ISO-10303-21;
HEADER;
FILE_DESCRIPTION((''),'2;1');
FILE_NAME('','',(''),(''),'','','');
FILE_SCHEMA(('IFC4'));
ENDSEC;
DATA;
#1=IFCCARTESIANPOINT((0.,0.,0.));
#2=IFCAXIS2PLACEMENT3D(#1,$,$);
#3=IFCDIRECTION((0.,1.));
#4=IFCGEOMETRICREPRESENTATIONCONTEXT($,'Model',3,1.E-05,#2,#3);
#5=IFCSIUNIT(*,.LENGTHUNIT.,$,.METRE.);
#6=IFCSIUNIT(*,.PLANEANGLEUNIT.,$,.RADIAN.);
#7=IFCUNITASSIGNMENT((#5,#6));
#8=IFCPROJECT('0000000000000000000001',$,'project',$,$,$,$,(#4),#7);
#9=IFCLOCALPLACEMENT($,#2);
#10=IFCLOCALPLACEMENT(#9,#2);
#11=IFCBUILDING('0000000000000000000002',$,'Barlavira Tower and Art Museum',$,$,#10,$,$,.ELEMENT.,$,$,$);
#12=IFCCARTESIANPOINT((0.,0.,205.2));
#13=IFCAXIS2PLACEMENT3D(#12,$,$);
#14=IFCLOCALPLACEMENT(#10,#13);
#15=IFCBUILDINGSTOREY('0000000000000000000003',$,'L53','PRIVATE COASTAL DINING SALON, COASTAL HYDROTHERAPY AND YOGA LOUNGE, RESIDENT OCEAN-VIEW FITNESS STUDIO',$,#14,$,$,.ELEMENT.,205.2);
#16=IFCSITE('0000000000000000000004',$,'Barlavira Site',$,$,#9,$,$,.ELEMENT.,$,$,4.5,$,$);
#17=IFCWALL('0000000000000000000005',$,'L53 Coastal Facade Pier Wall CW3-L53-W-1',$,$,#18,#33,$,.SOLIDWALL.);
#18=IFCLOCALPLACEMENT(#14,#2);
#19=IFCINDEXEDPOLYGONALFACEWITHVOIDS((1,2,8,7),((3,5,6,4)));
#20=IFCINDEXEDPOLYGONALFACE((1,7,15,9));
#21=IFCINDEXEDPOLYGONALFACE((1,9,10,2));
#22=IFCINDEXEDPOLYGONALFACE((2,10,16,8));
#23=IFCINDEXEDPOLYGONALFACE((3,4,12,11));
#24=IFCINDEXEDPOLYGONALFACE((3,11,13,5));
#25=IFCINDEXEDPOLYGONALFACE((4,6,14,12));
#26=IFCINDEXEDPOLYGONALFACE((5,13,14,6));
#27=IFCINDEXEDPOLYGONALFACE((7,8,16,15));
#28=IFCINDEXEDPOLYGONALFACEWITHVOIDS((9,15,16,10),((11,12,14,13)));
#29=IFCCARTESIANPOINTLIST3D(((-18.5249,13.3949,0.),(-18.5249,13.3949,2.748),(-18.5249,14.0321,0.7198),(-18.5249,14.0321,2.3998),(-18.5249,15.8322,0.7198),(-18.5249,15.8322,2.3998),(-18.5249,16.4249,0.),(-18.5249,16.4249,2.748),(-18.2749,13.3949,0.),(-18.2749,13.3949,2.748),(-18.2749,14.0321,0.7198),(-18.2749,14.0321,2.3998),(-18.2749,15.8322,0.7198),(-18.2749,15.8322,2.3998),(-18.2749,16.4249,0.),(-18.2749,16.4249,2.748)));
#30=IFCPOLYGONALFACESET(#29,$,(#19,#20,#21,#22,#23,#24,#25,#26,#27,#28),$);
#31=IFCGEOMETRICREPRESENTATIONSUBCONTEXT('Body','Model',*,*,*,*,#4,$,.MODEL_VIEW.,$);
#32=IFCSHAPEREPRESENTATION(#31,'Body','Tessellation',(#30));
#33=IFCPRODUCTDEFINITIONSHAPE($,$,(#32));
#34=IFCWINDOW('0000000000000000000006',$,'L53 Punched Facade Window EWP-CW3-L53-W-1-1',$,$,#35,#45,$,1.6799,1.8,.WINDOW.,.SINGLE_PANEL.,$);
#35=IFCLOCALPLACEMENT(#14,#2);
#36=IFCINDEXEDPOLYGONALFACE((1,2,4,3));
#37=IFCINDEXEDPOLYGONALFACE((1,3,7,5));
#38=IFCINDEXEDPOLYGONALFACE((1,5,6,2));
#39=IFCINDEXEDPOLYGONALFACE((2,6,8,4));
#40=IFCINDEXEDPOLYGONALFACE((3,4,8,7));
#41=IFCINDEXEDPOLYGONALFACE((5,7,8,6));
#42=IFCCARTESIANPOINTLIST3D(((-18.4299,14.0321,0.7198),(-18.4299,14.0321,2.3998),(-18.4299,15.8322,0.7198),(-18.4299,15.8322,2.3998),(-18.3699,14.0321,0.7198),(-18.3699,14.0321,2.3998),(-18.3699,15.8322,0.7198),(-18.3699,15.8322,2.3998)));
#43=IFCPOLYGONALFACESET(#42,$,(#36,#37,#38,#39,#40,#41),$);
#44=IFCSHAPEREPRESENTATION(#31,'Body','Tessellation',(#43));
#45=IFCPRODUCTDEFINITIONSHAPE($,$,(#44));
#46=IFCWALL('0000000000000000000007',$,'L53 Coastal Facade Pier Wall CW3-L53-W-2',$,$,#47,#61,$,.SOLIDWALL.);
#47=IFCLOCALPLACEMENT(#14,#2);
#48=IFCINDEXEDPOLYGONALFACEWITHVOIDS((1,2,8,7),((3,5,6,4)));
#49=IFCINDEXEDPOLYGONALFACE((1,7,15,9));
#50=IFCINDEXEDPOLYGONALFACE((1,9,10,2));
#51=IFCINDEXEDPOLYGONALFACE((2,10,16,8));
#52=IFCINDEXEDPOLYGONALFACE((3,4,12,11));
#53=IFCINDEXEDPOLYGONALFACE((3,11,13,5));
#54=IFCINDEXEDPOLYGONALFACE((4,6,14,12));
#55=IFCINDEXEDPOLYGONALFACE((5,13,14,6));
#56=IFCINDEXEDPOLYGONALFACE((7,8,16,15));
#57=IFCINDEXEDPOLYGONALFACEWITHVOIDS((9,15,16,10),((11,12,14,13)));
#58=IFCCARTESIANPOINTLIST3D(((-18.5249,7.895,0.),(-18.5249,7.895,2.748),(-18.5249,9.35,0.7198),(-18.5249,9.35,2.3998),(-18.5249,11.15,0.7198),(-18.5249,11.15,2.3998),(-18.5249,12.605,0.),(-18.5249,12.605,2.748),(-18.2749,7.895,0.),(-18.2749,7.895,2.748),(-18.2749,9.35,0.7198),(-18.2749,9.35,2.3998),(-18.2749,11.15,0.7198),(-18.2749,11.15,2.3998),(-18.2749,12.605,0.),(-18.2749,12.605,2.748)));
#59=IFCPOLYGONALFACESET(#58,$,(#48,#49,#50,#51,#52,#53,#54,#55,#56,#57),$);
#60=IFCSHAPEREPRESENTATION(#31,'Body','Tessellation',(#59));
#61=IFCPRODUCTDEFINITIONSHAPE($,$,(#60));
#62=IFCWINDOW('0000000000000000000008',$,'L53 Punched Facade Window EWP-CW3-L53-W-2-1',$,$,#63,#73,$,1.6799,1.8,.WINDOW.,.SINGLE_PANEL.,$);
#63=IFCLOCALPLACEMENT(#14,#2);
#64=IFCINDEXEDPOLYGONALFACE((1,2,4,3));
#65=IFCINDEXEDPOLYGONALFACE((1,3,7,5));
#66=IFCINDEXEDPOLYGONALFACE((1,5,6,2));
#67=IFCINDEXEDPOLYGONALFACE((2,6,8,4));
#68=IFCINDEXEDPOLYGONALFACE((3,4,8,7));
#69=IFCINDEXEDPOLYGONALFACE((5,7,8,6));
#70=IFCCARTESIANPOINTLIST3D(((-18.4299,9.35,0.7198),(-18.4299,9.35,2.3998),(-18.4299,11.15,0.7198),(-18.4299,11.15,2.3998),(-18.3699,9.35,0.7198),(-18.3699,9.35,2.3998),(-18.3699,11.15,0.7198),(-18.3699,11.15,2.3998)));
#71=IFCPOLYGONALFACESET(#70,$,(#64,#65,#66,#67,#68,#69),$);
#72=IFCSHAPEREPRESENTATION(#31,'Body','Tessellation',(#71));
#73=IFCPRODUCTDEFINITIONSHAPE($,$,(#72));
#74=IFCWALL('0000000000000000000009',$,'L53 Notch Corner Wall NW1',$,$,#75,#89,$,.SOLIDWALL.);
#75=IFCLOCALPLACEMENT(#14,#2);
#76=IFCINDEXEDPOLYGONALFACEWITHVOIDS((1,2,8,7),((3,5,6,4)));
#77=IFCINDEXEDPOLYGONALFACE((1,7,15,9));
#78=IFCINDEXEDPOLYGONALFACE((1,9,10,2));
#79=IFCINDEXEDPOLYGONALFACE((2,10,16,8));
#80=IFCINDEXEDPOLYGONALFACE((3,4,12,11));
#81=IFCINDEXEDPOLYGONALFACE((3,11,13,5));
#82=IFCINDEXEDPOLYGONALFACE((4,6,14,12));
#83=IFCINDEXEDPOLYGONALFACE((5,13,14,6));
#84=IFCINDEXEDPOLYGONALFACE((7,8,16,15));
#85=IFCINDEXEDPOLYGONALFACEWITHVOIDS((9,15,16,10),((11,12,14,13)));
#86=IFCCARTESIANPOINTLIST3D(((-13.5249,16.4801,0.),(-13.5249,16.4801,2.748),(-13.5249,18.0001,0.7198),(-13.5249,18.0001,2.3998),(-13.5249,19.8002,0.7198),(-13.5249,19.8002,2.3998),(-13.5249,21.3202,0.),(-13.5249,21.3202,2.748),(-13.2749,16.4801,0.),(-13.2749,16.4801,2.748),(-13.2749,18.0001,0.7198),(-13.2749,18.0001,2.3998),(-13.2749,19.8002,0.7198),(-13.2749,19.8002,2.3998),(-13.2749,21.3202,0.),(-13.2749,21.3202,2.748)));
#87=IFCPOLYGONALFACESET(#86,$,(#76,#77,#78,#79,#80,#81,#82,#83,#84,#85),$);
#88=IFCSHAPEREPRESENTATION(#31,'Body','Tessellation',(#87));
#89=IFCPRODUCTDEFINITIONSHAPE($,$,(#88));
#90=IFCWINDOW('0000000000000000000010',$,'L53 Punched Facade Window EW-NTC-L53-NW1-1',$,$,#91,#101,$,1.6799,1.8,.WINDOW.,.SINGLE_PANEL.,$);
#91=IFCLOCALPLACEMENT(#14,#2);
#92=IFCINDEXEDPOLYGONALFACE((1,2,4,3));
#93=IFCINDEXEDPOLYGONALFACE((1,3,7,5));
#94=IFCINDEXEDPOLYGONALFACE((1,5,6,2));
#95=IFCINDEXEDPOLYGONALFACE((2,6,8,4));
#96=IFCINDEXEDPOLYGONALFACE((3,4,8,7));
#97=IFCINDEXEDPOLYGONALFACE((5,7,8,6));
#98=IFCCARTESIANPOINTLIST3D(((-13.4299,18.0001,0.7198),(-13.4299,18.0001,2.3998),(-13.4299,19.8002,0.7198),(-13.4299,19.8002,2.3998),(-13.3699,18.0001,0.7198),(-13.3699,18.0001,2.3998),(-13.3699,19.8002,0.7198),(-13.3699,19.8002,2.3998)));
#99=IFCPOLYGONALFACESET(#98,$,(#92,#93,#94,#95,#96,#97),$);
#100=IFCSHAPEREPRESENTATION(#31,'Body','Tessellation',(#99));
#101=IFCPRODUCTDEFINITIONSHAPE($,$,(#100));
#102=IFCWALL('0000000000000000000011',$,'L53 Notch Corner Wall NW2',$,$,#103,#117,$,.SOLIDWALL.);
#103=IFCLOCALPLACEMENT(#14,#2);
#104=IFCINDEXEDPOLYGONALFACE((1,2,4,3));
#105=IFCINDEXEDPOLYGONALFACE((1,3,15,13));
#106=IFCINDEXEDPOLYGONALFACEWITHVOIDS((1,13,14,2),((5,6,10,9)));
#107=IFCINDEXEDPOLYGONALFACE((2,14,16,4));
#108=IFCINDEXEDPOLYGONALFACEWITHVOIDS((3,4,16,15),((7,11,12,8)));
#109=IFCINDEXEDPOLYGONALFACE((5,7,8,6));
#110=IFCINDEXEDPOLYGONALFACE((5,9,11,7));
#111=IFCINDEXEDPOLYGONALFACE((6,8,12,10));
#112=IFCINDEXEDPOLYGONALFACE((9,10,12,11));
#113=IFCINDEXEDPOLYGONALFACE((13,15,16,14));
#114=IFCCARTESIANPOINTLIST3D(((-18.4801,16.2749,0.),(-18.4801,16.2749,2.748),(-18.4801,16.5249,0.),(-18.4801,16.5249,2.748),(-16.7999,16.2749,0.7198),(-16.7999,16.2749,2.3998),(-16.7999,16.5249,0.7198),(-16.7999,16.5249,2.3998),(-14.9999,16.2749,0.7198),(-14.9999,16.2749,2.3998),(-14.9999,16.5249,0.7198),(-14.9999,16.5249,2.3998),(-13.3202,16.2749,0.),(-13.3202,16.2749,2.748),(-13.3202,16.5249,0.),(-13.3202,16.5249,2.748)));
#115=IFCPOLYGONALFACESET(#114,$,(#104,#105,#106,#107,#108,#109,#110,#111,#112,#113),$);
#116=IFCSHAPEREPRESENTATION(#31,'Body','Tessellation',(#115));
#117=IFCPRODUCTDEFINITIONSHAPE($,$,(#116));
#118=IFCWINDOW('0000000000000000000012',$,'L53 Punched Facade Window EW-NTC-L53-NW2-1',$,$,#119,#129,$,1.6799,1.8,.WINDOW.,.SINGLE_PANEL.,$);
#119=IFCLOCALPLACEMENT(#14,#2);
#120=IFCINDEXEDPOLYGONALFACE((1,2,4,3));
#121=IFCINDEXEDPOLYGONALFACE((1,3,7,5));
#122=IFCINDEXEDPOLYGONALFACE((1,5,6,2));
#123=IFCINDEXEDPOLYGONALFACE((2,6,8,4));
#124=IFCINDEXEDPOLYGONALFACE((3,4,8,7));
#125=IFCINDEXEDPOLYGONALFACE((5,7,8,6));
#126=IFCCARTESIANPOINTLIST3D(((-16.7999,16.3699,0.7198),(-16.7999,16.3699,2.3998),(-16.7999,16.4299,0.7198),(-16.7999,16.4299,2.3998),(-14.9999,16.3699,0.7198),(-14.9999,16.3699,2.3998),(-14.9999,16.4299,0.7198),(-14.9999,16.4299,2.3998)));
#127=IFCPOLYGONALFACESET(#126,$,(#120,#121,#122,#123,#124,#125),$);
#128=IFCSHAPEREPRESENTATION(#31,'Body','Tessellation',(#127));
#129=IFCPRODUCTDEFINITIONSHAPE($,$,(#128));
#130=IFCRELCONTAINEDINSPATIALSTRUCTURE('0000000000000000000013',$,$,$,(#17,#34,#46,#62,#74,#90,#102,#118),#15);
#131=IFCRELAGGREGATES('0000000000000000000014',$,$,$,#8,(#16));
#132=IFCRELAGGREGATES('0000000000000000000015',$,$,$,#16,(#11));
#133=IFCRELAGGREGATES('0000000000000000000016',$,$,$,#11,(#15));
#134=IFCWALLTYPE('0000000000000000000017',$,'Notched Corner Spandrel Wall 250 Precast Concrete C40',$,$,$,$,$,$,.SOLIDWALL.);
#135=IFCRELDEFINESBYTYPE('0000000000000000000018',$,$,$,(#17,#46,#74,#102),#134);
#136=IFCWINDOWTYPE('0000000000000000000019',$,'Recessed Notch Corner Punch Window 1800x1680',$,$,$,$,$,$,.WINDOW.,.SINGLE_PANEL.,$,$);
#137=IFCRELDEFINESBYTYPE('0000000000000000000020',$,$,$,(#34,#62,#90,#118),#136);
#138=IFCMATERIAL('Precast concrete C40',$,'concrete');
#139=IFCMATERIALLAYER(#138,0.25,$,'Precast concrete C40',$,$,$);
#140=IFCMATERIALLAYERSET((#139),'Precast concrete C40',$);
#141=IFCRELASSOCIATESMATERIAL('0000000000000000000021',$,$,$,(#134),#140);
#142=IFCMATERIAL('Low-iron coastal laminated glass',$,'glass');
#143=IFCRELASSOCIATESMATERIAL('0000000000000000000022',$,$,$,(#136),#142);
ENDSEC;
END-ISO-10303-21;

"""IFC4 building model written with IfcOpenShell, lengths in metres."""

from ifc_helpers import new_model, si_unit, direction, frame, frame_2d, origin, place, context, subcontext, project, spatial, rectangle, extrude, material, layer, layer_set, type_object, element, fill, save


model = new_model("IFC4")

# Units and contexts
model_context = context("Model", 3, precision=1e-05, world=origin(), true_north=direction((0.0, 1.0)))
body_context = subcontext(model_context, "Body", "Model", "MODEL_VIEW")
ifc_project = project(units=[si_unit("LENGTHUNIT", "METRE"), si_unit("PLANEANGLEUNIT", "RADIAN")], contexts=[model_context])

# Site, building, storey
site_placement = place(None, origin())
site = spatial("IfcSite", under=ifc_project, at=site_placement, Name="Barlavira Site", CompositionType="ELEMENT", RefElevation=4.5)
building_placement = place(site_placement, origin())
building = spatial("IfcBuilding", under=site, at=building_placement, Name="Barlavira Tower and Art Museum", CompositionType="ELEMENT")
storey_placement = place(building_placement, frame((0.0, 0.0, 205.2)))
storey = spatial("IfcBuildingStorey", under=building, at=storey_placement, Name="L53", Description="PRIVATE COASTAL DINING SALON, COASTAL HYDROTHERAPY AND YOGA LOUNGE, RESIDENT OCEAN-VIEW FITNESS STUDIO", CompositionType="ELEMENT", Elevation=205.2)

# Shared definitions
ifc_material_1 = material(Name="Precast concrete C40", Category="concrete")
ifc_layer_1 = layer(ifc_material_1, 0.25, Name="Precast concrete C40")
ifc_layer_set_1 = layer_set([ifc_layer_1], Name="Precast concrete C40")
wall_type_1 = type_object("IfcWallType", Name="Notched Corner Spandrel Wall 250 Precast Concrete C40", PredefinedType="SOLIDWALL", material=ifc_layer_set_1)
ifc_material_2 = material(Name="Low-iron coastal laminated glass", Category="glass")
window_type_1 = type_object("IfcWindowType", Name="Recessed Notch Corner Punch Window 1800x1680", PartitioningType="SINGLE_PANEL", PredefinedType="WINDOW", material=ifc_material_2)

# Walls, openings, windows
wall_1_placement = place(storey_placement, frame((-18.3999, 16.425, 0.0), z_axis=(0.0, 0.0, 1.0), x_axis=(0.0, -1.0, 0.0)))
wall_1 = element("IfcWall", 1, at=wall_1_placement, inside=storey, type_object=wall_type_1, Name="L53 Coastal Facade Pier Wall CW3-L53-W-1", PredefinedType="SOLIDWALL", context=body_context, shape_type="SweptSolid", body=[
    extrude(rectangle(XDim=3.03, YDim=0.25, at=frame_2d((1.5151, 0.0))), origin(), (0.0, 0.0, 1.0), 2.748),
])
opening_1_placement = place(wall_1_placement, frame((0.593, 0.0, 0.72)))
opening_1 = element("IfcOpeningElement", 2, at=opening_1_placement, cuts=wall_1, PredefinedType="OPENING", context=body_context, shape_type="SweptSolid", body=[
    extrude(rectangle(XDim=1.8, YDim=1.6799, at=frame_2d((0.8999, 0.8398))), frame((0.0, 0.135, 0.0), z_axis=(0.0, -1.0, 0.0), x_axis=(1.0, 0.0, 0.0)), (0.0, 0.0, 1.0), 0.27),
])
window_1_placement = place(opening_1_placement, origin())
window_1 = element("IfcWindow", 3, at=window_1_placement, inside=storey, type_object=window_type_1, Name="L53 Punched Facade Window EWP-CW3-L53-W-1-1", OverallHeight=1.6799, OverallWidth=1.8, PartitioningType="SINGLE_PANEL", PredefinedType="WINDOW", context=body_context, shape_type="SweptSolid", body=[
    extrude(rectangle(XDim=1.8, YDim=1.6799, at=frame_2d((0.8999, 0.8398))), frame((0.0, 0.03, 0.0), z_axis=(0.0, -1.0, 0.0), x_axis=(1.0, 0.0, 0.0)), (0.0, 0.0, 1.0), 0.0601),
])
fill(opening_1, window_1)
wall_2_placement = place(storey_placement, frame((-18.3999, 12.605, 0.0), z_axis=(0.0, 0.0, 1.0), x_axis=(0.0, -1.0, 0.0)))
wall_2 = element("IfcWall", 4, at=wall_2_placement, inside=storey, type_object=wall_type_1, Name="L53 Coastal Facade Pier Wall CW3-L53-W-2", PredefinedType="SOLIDWALL", context=body_context, shape_type="SweptSolid", body=[
    extrude(rectangle(XDim=4.71, YDim=0.25, at=frame_2d((2.355, 0.0))), origin(), (0.0, 0.0, 1.0), 2.748),
])
opening_2_placement = place(wall_2_placement, frame((1.4551, 0.0, 0.72)))
opening_2 = element("IfcOpeningElement", 5, at=opening_2_placement, cuts=wall_2, PredefinedType="OPENING", context=body_context, shape_type="SweptSolid", body=[
    extrude(rectangle(XDim=1.8, YDim=1.6799, at=frame_2d((0.8999, 0.8398))), frame((0.0, 0.135, 0.0), z_axis=(0.0, -1.0, 0.0), x_axis=(1.0, 0.0, 0.0)), (0.0, 0.0, 1.0), 0.27),
])
window_2_placement = place(opening_2_placement, origin())
window_2 = element("IfcWindow", 6, at=window_2_placement, inside=storey, type_object=window_type_1, Name="L53 Punched Facade Window EWP-CW3-L53-W-2-1", OverallHeight=1.6799, OverallWidth=1.8, PartitioningType="SINGLE_PANEL", PredefinedType="WINDOW", context=body_context, shape_type="SweptSolid", body=[
    extrude(rectangle(XDim=1.8, YDim=1.6799, at=frame_2d((0.8999, 0.8398))), frame((0.0, 0.03, 0.0), z_axis=(0.0, -1.0, 0.0), x_axis=(1.0, 0.0, 0.0)), (0.0, 0.0, 1.0), 0.0601),
])
fill(opening_2, window_2)
wall_3_placement = place(storey_placement, frame((-13.3999, 21.3201, 0.0), z_axis=(0.0, 0.0, 1.0), x_axis=(0.0, -1.0, 0.0)))
wall_3 = element("IfcWall", 7, at=wall_3_placement, inside=storey, type_object=wall_type_1, Name="L53 Notch Corner Wall NW1", PredefinedType="SOLIDWALL", context=body_context, shape_type="SweptSolid", body=[
    extrude(rectangle(XDim=4.8401, YDim=0.25, at=frame_2d((2.4199, 0.0))), origin(), (0.0, 0.0, 1.0), 2.748),
])
opening_3_placement = place(wall_3_placement, frame((1.52, 0.0, 0.72)))
opening_3 = element("IfcOpeningElement", 8, at=opening_3_placement, cuts=wall_3, PredefinedType="OPENING", context=body_context, shape_type="SweptSolid", body=[
    extrude(rectangle(XDim=1.8, YDim=1.6799, at=frame_2d((0.8999, 0.8398))), frame((0.0, 0.135, 0.0), z_axis=(0.0, -1.0, 0.0), x_axis=(1.0, 0.0, 0.0)), (0.0, 0.0, 1.0), 0.27),
])
window_3_placement = place(opening_3_placement, origin())
window_3 = element("IfcWindow", 9, at=window_3_placement, inside=storey, type_object=window_type_1, Name="L53 Punched Facade Window EW-NTC-L53-NW1-1", OverallHeight=1.6799, OverallWidth=1.8, PartitioningType="SINGLE_PANEL", PredefinedType="WINDOW", context=body_context, shape_type="SweptSolid", body=[
    extrude(rectangle(XDim=1.8, YDim=1.6799, at=frame_2d((0.8999, 0.8398))), frame((0.0, 0.03, 0.0), z_axis=(0.0, -1.0, 0.0), x_axis=(1.0, 0.0, 0.0)), (0.0, 0.0, 1.0), 0.0601),
])
fill(opening_3, window_3)
wall_4_placement = place(storey_placement, frame((-13.3201, 16.3999, 0.0), z_axis=(0.0, 0.0, 1.0), x_axis=(-1.0, 0.0, 0.0)))
wall_4 = element("IfcWall", 10, at=wall_4_placement, inside=storey, type_object=wall_type_1, Name="L53 Notch Corner Wall NW2", PredefinedType="SOLIDWALL", context=body_context, shape_type="SweptSolid", body=[
    extrude(rectangle(XDim=5.1599, YDim=0.25, at=frame_2d((2.5801, 0.0))), origin(), (0.0, 0.0, 1.0), 2.748),
])
opening_4_placement = place(wall_4_placement, frame((1.6799, 0.0, 0.72)))
opening_4 = element("IfcOpeningElement", 11, at=opening_4_placement, cuts=wall_4, PredefinedType="OPENING", context=body_context, shape_type="SweptSolid", body=[
    extrude(rectangle(XDim=1.8, YDim=1.6799, at=frame_2d((0.8999, 0.8398))), frame((0.0, 0.135, 0.0), z_axis=(0.0, -1.0, 0.0), x_axis=(1.0, 0.0, 0.0)), (0.0, 0.0, 1.0), 0.27),
])
window_4_placement = place(opening_4_placement, origin())
window_4 = element("IfcWindow", 12, at=window_4_placement, inside=storey, type_object=window_type_1, Name="L53 Punched Facade Window EW-NTC-L53-NW2-1", OverallHeight=1.6799, OverallWidth=1.8, PartitioningType="SINGLE_PANEL", PredefinedType="WINDOW", context=body_context, shape_type="SweptSolid", body=[
    extrude(rectangle(XDim=1.8, YDim=1.6799, at=frame_2d((0.8999, 0.8398))), frame((0.0, 0.03, 0.0), z_axis=(0.0, -1.0, 0.0), x_axis=(1.0, 0.0, 0.0)), (0.0, 0.0, 1.0), 0.0601),
])
fill(opening_4, window_4)

save(model, "model.ifc")
